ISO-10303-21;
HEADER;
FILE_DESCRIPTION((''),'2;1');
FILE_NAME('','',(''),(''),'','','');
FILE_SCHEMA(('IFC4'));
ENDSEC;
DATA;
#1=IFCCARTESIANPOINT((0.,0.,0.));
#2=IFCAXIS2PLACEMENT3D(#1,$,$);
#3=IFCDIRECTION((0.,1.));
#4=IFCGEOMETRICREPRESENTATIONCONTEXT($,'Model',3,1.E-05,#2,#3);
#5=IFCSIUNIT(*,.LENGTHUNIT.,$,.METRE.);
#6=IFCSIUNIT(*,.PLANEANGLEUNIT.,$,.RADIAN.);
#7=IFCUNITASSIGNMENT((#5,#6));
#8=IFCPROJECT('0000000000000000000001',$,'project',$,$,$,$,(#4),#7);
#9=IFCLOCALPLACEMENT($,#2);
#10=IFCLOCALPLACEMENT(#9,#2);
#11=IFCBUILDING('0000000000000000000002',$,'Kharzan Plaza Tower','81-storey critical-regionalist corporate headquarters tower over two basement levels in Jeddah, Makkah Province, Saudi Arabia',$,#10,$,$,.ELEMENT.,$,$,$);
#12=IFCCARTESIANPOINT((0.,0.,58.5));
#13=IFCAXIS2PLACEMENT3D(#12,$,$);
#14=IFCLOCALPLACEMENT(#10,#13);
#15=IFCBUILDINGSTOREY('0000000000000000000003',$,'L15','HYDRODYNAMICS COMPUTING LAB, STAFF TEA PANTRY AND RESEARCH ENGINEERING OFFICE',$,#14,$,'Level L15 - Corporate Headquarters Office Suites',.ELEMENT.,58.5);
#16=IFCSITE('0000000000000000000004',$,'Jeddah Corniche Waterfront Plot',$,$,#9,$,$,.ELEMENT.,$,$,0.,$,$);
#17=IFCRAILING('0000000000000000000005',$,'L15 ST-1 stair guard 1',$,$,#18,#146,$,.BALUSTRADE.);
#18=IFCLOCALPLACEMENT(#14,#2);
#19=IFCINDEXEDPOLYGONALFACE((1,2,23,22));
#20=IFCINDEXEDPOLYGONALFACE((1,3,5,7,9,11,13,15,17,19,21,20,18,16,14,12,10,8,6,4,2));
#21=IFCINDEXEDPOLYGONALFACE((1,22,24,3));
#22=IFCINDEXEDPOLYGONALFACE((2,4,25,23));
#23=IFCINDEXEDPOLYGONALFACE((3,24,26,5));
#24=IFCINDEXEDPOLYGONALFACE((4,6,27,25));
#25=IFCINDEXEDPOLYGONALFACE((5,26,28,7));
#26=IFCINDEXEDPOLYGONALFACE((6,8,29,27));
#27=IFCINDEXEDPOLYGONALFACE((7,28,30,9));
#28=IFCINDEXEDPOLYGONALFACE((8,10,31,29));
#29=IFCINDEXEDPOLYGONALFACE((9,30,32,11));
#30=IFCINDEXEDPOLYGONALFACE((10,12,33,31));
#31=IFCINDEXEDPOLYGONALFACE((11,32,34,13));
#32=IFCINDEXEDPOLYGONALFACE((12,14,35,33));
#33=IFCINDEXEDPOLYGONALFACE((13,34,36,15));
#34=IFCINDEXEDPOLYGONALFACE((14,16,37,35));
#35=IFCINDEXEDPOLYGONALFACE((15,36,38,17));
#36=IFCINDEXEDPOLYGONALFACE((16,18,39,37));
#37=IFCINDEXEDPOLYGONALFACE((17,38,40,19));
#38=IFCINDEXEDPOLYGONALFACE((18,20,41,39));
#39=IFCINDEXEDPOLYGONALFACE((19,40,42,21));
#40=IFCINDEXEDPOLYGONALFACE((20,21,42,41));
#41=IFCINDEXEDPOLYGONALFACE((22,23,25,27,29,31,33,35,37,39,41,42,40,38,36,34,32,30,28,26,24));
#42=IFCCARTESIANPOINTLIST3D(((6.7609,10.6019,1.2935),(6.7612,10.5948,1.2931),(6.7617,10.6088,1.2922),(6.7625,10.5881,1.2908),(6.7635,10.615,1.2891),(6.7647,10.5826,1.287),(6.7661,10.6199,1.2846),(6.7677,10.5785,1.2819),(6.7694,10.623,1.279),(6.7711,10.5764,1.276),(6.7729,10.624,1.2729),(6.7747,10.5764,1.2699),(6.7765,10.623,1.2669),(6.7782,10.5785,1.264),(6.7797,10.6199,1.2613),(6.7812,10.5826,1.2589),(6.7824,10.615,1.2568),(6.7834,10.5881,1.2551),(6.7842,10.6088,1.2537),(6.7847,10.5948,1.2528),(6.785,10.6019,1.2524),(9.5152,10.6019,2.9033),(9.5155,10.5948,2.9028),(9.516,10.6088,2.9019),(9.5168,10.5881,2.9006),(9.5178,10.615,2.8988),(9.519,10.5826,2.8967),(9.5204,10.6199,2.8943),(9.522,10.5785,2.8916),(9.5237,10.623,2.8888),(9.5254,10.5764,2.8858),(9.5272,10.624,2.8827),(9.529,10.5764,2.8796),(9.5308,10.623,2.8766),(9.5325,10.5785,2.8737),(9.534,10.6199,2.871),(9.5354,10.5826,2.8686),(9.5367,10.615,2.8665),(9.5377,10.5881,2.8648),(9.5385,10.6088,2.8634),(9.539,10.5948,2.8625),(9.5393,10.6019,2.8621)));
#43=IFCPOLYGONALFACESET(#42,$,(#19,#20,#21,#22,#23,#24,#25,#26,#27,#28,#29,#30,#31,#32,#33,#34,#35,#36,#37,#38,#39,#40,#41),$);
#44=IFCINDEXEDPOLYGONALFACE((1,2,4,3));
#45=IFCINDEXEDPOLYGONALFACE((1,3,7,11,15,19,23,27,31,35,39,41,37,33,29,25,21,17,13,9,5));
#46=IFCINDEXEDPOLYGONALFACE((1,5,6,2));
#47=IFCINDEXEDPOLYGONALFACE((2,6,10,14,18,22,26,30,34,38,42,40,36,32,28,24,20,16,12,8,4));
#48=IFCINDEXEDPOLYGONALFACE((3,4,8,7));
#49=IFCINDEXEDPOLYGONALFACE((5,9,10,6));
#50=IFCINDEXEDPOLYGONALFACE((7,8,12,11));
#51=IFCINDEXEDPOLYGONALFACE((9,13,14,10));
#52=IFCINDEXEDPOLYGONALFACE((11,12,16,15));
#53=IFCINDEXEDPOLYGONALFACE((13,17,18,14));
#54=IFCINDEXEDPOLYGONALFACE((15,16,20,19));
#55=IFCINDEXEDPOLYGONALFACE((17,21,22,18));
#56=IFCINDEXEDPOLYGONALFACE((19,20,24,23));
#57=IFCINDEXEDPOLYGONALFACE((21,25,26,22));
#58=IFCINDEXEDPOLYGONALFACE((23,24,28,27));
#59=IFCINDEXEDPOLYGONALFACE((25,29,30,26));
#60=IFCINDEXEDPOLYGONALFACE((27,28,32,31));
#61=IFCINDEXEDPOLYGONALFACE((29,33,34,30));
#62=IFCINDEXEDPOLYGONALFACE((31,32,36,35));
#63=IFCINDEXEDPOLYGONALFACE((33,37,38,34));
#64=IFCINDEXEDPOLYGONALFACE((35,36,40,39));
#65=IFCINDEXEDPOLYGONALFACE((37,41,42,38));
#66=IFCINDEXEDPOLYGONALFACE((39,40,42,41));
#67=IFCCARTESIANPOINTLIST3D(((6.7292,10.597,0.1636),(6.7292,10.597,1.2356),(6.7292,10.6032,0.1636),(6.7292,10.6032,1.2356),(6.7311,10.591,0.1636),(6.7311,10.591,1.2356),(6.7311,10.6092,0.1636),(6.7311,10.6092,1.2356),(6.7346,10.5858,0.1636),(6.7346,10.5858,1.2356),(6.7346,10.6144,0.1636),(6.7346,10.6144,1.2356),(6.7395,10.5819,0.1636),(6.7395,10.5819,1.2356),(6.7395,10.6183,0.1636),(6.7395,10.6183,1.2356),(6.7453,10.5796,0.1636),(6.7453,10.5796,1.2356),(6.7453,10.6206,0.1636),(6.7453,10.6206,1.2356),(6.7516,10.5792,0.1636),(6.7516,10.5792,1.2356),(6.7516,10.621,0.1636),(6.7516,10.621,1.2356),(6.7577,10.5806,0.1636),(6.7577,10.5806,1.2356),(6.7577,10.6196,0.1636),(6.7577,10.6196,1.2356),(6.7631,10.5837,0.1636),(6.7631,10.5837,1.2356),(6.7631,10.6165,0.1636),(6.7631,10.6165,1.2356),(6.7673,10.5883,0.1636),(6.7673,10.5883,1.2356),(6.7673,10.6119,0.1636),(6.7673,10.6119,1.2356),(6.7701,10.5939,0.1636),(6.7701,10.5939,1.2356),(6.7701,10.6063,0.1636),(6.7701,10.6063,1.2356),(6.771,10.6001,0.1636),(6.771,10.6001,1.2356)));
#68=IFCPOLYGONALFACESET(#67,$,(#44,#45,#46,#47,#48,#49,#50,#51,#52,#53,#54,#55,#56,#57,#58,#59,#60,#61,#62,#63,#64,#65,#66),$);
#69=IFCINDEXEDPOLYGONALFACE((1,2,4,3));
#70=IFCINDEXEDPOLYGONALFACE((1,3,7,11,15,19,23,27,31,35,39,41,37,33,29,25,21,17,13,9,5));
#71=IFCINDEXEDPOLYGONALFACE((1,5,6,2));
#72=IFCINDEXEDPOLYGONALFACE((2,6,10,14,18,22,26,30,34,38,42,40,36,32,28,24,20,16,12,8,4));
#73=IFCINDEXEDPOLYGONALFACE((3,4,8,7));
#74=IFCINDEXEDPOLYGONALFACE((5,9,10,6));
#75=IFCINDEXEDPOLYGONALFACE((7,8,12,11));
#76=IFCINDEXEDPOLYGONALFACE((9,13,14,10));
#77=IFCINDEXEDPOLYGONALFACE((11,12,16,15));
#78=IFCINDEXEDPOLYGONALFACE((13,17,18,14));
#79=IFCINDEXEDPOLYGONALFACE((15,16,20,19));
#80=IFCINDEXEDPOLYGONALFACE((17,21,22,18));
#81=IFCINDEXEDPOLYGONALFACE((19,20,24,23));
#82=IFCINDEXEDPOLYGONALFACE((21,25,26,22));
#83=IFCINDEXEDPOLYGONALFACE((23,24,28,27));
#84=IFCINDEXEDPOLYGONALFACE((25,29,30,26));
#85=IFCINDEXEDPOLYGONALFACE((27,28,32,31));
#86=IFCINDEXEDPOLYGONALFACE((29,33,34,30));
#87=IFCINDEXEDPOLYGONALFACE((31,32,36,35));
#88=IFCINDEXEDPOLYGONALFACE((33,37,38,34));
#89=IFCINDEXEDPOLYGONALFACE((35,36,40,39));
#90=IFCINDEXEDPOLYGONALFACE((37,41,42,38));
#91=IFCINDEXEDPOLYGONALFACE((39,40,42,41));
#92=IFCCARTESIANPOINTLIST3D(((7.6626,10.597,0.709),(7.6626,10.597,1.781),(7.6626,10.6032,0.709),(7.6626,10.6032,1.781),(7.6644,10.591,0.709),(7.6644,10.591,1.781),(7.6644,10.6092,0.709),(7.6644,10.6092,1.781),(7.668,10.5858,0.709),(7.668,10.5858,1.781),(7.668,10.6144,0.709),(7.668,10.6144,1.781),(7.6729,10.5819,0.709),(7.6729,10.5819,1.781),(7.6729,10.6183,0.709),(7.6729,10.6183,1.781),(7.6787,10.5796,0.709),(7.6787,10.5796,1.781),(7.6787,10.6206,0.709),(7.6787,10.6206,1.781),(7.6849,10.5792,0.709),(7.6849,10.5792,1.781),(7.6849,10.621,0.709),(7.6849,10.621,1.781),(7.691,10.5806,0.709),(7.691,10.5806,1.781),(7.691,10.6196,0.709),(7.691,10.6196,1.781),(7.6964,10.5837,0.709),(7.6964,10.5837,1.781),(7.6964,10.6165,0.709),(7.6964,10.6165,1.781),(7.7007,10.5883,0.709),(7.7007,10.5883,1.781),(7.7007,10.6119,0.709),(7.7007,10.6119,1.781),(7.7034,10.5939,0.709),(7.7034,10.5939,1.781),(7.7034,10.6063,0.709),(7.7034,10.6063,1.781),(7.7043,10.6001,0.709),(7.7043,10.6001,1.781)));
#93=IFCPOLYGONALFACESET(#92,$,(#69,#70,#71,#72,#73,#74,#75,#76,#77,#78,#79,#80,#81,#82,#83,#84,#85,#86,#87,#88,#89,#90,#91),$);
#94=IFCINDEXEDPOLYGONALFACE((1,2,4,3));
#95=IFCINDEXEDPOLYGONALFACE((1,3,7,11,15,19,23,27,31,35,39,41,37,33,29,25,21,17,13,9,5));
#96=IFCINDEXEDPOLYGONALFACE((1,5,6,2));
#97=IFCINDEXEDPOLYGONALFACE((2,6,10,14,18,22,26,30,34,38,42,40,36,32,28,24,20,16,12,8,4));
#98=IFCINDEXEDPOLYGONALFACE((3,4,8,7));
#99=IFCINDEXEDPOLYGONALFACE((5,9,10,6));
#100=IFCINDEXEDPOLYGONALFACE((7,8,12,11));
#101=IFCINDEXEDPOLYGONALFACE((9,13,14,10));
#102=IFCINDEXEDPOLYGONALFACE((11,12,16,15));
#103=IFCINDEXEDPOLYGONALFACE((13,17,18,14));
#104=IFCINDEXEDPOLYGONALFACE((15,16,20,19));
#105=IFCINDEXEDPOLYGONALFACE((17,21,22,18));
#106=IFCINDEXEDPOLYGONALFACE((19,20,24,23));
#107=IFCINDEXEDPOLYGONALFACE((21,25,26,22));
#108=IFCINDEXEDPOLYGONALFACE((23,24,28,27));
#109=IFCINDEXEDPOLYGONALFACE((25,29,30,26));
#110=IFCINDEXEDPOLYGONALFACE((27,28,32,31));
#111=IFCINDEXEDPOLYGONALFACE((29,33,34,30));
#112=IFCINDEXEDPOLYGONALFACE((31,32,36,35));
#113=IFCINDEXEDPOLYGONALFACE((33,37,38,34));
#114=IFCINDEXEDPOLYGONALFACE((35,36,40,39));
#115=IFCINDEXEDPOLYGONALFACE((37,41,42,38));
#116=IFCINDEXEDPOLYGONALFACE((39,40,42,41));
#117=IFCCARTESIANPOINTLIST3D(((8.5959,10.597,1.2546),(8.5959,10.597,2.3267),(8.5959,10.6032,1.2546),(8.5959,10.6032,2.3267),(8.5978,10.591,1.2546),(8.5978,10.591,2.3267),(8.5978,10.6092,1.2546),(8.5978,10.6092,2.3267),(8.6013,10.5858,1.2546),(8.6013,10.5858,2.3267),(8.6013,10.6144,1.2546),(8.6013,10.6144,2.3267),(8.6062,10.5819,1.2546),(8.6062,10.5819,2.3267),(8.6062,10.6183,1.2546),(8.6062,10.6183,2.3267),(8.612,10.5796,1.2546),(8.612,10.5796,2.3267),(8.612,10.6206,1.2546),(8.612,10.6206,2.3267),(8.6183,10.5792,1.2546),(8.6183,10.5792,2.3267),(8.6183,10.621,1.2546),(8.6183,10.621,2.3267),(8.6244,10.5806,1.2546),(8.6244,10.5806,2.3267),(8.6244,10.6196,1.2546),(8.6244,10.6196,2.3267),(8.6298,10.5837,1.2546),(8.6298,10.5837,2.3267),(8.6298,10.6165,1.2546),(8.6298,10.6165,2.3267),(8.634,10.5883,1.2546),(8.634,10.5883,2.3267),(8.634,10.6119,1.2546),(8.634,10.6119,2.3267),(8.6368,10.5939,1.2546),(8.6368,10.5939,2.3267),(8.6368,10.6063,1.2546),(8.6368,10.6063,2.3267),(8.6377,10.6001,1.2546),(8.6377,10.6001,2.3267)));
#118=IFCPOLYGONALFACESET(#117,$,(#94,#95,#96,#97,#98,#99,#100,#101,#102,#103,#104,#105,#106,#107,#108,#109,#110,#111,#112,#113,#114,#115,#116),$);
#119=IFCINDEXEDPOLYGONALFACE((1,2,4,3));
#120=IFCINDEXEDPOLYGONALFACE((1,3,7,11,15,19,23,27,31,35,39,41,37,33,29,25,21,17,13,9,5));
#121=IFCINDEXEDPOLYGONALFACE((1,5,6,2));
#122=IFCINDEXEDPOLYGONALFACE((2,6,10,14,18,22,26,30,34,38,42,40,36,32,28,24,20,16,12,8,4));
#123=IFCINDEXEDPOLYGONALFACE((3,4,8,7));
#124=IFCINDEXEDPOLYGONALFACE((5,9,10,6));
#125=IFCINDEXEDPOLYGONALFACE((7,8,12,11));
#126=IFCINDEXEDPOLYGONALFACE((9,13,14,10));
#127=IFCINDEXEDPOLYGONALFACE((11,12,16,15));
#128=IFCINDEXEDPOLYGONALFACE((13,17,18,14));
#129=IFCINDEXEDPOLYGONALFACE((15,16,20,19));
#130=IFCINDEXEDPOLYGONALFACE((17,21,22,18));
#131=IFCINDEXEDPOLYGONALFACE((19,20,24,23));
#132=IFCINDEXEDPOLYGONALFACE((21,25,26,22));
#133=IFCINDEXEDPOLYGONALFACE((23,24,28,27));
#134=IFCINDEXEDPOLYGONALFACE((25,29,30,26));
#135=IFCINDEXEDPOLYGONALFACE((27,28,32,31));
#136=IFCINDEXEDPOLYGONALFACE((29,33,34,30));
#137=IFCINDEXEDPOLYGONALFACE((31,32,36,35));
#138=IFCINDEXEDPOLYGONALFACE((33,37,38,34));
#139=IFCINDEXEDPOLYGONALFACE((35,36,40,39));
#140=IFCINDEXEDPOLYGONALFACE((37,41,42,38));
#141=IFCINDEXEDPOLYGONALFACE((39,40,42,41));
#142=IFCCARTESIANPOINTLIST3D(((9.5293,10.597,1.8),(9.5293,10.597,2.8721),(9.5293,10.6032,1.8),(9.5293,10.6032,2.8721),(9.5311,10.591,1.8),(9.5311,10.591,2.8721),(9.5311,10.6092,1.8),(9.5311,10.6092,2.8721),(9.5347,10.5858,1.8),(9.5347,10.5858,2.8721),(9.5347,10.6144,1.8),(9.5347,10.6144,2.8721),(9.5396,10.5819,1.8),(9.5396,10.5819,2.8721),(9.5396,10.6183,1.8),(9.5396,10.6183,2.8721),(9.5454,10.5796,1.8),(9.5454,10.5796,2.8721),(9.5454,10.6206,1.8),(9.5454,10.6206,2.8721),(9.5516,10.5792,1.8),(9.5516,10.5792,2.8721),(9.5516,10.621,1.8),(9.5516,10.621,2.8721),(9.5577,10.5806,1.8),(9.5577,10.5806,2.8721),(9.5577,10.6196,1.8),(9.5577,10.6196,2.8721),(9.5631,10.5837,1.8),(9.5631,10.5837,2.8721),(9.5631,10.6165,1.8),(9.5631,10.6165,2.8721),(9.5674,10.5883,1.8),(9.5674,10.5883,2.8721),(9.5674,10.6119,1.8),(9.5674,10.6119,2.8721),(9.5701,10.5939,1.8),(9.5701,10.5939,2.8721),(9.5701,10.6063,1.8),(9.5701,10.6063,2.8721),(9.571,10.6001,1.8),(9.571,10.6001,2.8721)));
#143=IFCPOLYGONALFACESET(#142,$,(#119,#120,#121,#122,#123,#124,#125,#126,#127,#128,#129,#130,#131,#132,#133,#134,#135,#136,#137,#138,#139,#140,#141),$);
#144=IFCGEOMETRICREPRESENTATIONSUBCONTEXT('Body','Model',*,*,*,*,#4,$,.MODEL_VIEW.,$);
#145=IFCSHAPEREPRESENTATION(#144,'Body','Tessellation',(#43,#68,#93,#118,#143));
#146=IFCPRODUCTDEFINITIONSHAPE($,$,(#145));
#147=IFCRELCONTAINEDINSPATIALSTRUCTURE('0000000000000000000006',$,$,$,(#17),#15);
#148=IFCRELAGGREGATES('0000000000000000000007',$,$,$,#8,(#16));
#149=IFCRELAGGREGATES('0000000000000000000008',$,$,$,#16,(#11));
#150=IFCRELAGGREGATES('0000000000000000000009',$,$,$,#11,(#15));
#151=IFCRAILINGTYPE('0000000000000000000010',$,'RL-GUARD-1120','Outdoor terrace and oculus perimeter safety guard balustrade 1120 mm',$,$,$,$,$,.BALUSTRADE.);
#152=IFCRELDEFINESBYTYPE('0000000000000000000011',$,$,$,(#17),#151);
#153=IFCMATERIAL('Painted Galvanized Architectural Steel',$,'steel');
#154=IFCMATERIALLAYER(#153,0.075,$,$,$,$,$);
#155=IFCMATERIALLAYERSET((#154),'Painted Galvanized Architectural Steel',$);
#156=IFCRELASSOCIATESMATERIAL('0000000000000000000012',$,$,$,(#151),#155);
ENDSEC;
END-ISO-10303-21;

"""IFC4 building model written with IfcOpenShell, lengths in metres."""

from ifc_helpers import new_model, si_unit, direction, frame, origin, origin_2d, place, context, subcontext, project, spatial, circle, extrude, source, transform, mapped, material, layer, layer_set, type_object, element, save


model = new_model("IFC4")

# Units and contexts
model_context = context("Model", 3, precision=1e-05, world=origin(), true_north=direction((0.0, 1.0)))
body_context = subcontext(model_context, "Body", "Model", "MODEL_VIEW")
ifc_project = project(units=[si_unit("LENGTHUNIT", "METRE"), si_unit("PLANEANGLEUNIT", "RADIAN")], contexts=[model_context])

# Site, building, storey
site_placement = place(None, origin())
site = spatial("IfcSite", under=ifc_project, at=site_placement, Name="Jeddah Corniche Waterfront Plot", CompositionType="ELEMENT", RefElevation=0.0)
building_placement = place(site_placement, origin())
building = spatial("IfcBuilding", under=site, at=building_placement, Name="Kharzan Plaza Tower", Description="81-storey critical-regionalist corporate headquarters tower over two basement levels in Jeddah, Makkah Province, Saudi Arabia", CompositionType="ELEMENT")
storey_placement = place(building_placement, frame((0.0, 0.0, 58.5)))
storey = spatial("IfcBuildingStorey", under=building, at=storey_placement, Name="L15", Description="HYDRODYNAMICS COMPUTING LAB, STAFF TEA PANTRY AND RESEARCH ENGINEERING OFFICE", LongName="Level L15 - Corporate Headquarters Office Suites", CompositionType="ELEMENT", Elevation=58.5)

# Railing
ifc_material_1 = material(Name="Painted Galvanized Architectural Steel", Category="steel")
ifc_layer_1 = layer(ifc_material_1, 0.075)
ifc_layer_set_1 = layer_set([ifc_layer_1], Name="Painted Galvanized Architectural Steel")
railing_type_1 = type_object("IfcRailingType", Name="RL-GUARD-1120", Description="Outdoor terrace and oculus perimeter safety guard balustrade 1120 mm", PredefinedType="BALUSTRADE", material=ifc_layer_set_1)
shared_shape_1 = source(origin(), body_context, "Body", "SweptSolid", [
    extrude(circle(Radius=0.0239, at=origin_2d()), frame((0.0229, 0.0, 1.1094), z_axis=(0.863361, 0.0, 0.504587), x_axis=(0.0, 1.0, 0.0)), (0.0, 0.0, 1.0), 3.1902),
    extrude(circle(Radius=0.021, at=origin_2d()), origin(), (0.0, 0.0, 1.0), 1.072),
    extrude(circle(Radius=0.021, at=origin_2d()), frame((0.9333, 0.0, 0.5454)), (0.0, 0.0, 1.0), 1.072),
    extrude(circle(Radius=0.021, at=origin_2d()), frame((1.8667, 0.0, 1.0911)), (0.0, 0.0, 1.0), 1.072),
    extrude(circle(Radius=0.021, at=origin_2d()), frame((2.8, 0.0, 1.6365)), (0.0, 0.0, 1.0), 1.072),
])
railing_1_placement = place(storey_placement, frame((6.75, 10.6001, 0.1636)))
element("IfcRailing", 1, at=railing_1_placement, inside=storey, type_object=railing_type_1, Name="L15 ST-1 stair guard 1", PredefinedType="BALUSTRADE", context=body_context, shape_type="MappedRepresentation", body=[
    mapped(shared_shape_1, transform((0.0, 0.0, 0.0), x_axis=(1.0, 0.0, 0.0), y_axis=(0.0, 1.0, 0.0), z_axis=(0.0, 0.0, 1.0))),
])

save(model, "model.ifc")
